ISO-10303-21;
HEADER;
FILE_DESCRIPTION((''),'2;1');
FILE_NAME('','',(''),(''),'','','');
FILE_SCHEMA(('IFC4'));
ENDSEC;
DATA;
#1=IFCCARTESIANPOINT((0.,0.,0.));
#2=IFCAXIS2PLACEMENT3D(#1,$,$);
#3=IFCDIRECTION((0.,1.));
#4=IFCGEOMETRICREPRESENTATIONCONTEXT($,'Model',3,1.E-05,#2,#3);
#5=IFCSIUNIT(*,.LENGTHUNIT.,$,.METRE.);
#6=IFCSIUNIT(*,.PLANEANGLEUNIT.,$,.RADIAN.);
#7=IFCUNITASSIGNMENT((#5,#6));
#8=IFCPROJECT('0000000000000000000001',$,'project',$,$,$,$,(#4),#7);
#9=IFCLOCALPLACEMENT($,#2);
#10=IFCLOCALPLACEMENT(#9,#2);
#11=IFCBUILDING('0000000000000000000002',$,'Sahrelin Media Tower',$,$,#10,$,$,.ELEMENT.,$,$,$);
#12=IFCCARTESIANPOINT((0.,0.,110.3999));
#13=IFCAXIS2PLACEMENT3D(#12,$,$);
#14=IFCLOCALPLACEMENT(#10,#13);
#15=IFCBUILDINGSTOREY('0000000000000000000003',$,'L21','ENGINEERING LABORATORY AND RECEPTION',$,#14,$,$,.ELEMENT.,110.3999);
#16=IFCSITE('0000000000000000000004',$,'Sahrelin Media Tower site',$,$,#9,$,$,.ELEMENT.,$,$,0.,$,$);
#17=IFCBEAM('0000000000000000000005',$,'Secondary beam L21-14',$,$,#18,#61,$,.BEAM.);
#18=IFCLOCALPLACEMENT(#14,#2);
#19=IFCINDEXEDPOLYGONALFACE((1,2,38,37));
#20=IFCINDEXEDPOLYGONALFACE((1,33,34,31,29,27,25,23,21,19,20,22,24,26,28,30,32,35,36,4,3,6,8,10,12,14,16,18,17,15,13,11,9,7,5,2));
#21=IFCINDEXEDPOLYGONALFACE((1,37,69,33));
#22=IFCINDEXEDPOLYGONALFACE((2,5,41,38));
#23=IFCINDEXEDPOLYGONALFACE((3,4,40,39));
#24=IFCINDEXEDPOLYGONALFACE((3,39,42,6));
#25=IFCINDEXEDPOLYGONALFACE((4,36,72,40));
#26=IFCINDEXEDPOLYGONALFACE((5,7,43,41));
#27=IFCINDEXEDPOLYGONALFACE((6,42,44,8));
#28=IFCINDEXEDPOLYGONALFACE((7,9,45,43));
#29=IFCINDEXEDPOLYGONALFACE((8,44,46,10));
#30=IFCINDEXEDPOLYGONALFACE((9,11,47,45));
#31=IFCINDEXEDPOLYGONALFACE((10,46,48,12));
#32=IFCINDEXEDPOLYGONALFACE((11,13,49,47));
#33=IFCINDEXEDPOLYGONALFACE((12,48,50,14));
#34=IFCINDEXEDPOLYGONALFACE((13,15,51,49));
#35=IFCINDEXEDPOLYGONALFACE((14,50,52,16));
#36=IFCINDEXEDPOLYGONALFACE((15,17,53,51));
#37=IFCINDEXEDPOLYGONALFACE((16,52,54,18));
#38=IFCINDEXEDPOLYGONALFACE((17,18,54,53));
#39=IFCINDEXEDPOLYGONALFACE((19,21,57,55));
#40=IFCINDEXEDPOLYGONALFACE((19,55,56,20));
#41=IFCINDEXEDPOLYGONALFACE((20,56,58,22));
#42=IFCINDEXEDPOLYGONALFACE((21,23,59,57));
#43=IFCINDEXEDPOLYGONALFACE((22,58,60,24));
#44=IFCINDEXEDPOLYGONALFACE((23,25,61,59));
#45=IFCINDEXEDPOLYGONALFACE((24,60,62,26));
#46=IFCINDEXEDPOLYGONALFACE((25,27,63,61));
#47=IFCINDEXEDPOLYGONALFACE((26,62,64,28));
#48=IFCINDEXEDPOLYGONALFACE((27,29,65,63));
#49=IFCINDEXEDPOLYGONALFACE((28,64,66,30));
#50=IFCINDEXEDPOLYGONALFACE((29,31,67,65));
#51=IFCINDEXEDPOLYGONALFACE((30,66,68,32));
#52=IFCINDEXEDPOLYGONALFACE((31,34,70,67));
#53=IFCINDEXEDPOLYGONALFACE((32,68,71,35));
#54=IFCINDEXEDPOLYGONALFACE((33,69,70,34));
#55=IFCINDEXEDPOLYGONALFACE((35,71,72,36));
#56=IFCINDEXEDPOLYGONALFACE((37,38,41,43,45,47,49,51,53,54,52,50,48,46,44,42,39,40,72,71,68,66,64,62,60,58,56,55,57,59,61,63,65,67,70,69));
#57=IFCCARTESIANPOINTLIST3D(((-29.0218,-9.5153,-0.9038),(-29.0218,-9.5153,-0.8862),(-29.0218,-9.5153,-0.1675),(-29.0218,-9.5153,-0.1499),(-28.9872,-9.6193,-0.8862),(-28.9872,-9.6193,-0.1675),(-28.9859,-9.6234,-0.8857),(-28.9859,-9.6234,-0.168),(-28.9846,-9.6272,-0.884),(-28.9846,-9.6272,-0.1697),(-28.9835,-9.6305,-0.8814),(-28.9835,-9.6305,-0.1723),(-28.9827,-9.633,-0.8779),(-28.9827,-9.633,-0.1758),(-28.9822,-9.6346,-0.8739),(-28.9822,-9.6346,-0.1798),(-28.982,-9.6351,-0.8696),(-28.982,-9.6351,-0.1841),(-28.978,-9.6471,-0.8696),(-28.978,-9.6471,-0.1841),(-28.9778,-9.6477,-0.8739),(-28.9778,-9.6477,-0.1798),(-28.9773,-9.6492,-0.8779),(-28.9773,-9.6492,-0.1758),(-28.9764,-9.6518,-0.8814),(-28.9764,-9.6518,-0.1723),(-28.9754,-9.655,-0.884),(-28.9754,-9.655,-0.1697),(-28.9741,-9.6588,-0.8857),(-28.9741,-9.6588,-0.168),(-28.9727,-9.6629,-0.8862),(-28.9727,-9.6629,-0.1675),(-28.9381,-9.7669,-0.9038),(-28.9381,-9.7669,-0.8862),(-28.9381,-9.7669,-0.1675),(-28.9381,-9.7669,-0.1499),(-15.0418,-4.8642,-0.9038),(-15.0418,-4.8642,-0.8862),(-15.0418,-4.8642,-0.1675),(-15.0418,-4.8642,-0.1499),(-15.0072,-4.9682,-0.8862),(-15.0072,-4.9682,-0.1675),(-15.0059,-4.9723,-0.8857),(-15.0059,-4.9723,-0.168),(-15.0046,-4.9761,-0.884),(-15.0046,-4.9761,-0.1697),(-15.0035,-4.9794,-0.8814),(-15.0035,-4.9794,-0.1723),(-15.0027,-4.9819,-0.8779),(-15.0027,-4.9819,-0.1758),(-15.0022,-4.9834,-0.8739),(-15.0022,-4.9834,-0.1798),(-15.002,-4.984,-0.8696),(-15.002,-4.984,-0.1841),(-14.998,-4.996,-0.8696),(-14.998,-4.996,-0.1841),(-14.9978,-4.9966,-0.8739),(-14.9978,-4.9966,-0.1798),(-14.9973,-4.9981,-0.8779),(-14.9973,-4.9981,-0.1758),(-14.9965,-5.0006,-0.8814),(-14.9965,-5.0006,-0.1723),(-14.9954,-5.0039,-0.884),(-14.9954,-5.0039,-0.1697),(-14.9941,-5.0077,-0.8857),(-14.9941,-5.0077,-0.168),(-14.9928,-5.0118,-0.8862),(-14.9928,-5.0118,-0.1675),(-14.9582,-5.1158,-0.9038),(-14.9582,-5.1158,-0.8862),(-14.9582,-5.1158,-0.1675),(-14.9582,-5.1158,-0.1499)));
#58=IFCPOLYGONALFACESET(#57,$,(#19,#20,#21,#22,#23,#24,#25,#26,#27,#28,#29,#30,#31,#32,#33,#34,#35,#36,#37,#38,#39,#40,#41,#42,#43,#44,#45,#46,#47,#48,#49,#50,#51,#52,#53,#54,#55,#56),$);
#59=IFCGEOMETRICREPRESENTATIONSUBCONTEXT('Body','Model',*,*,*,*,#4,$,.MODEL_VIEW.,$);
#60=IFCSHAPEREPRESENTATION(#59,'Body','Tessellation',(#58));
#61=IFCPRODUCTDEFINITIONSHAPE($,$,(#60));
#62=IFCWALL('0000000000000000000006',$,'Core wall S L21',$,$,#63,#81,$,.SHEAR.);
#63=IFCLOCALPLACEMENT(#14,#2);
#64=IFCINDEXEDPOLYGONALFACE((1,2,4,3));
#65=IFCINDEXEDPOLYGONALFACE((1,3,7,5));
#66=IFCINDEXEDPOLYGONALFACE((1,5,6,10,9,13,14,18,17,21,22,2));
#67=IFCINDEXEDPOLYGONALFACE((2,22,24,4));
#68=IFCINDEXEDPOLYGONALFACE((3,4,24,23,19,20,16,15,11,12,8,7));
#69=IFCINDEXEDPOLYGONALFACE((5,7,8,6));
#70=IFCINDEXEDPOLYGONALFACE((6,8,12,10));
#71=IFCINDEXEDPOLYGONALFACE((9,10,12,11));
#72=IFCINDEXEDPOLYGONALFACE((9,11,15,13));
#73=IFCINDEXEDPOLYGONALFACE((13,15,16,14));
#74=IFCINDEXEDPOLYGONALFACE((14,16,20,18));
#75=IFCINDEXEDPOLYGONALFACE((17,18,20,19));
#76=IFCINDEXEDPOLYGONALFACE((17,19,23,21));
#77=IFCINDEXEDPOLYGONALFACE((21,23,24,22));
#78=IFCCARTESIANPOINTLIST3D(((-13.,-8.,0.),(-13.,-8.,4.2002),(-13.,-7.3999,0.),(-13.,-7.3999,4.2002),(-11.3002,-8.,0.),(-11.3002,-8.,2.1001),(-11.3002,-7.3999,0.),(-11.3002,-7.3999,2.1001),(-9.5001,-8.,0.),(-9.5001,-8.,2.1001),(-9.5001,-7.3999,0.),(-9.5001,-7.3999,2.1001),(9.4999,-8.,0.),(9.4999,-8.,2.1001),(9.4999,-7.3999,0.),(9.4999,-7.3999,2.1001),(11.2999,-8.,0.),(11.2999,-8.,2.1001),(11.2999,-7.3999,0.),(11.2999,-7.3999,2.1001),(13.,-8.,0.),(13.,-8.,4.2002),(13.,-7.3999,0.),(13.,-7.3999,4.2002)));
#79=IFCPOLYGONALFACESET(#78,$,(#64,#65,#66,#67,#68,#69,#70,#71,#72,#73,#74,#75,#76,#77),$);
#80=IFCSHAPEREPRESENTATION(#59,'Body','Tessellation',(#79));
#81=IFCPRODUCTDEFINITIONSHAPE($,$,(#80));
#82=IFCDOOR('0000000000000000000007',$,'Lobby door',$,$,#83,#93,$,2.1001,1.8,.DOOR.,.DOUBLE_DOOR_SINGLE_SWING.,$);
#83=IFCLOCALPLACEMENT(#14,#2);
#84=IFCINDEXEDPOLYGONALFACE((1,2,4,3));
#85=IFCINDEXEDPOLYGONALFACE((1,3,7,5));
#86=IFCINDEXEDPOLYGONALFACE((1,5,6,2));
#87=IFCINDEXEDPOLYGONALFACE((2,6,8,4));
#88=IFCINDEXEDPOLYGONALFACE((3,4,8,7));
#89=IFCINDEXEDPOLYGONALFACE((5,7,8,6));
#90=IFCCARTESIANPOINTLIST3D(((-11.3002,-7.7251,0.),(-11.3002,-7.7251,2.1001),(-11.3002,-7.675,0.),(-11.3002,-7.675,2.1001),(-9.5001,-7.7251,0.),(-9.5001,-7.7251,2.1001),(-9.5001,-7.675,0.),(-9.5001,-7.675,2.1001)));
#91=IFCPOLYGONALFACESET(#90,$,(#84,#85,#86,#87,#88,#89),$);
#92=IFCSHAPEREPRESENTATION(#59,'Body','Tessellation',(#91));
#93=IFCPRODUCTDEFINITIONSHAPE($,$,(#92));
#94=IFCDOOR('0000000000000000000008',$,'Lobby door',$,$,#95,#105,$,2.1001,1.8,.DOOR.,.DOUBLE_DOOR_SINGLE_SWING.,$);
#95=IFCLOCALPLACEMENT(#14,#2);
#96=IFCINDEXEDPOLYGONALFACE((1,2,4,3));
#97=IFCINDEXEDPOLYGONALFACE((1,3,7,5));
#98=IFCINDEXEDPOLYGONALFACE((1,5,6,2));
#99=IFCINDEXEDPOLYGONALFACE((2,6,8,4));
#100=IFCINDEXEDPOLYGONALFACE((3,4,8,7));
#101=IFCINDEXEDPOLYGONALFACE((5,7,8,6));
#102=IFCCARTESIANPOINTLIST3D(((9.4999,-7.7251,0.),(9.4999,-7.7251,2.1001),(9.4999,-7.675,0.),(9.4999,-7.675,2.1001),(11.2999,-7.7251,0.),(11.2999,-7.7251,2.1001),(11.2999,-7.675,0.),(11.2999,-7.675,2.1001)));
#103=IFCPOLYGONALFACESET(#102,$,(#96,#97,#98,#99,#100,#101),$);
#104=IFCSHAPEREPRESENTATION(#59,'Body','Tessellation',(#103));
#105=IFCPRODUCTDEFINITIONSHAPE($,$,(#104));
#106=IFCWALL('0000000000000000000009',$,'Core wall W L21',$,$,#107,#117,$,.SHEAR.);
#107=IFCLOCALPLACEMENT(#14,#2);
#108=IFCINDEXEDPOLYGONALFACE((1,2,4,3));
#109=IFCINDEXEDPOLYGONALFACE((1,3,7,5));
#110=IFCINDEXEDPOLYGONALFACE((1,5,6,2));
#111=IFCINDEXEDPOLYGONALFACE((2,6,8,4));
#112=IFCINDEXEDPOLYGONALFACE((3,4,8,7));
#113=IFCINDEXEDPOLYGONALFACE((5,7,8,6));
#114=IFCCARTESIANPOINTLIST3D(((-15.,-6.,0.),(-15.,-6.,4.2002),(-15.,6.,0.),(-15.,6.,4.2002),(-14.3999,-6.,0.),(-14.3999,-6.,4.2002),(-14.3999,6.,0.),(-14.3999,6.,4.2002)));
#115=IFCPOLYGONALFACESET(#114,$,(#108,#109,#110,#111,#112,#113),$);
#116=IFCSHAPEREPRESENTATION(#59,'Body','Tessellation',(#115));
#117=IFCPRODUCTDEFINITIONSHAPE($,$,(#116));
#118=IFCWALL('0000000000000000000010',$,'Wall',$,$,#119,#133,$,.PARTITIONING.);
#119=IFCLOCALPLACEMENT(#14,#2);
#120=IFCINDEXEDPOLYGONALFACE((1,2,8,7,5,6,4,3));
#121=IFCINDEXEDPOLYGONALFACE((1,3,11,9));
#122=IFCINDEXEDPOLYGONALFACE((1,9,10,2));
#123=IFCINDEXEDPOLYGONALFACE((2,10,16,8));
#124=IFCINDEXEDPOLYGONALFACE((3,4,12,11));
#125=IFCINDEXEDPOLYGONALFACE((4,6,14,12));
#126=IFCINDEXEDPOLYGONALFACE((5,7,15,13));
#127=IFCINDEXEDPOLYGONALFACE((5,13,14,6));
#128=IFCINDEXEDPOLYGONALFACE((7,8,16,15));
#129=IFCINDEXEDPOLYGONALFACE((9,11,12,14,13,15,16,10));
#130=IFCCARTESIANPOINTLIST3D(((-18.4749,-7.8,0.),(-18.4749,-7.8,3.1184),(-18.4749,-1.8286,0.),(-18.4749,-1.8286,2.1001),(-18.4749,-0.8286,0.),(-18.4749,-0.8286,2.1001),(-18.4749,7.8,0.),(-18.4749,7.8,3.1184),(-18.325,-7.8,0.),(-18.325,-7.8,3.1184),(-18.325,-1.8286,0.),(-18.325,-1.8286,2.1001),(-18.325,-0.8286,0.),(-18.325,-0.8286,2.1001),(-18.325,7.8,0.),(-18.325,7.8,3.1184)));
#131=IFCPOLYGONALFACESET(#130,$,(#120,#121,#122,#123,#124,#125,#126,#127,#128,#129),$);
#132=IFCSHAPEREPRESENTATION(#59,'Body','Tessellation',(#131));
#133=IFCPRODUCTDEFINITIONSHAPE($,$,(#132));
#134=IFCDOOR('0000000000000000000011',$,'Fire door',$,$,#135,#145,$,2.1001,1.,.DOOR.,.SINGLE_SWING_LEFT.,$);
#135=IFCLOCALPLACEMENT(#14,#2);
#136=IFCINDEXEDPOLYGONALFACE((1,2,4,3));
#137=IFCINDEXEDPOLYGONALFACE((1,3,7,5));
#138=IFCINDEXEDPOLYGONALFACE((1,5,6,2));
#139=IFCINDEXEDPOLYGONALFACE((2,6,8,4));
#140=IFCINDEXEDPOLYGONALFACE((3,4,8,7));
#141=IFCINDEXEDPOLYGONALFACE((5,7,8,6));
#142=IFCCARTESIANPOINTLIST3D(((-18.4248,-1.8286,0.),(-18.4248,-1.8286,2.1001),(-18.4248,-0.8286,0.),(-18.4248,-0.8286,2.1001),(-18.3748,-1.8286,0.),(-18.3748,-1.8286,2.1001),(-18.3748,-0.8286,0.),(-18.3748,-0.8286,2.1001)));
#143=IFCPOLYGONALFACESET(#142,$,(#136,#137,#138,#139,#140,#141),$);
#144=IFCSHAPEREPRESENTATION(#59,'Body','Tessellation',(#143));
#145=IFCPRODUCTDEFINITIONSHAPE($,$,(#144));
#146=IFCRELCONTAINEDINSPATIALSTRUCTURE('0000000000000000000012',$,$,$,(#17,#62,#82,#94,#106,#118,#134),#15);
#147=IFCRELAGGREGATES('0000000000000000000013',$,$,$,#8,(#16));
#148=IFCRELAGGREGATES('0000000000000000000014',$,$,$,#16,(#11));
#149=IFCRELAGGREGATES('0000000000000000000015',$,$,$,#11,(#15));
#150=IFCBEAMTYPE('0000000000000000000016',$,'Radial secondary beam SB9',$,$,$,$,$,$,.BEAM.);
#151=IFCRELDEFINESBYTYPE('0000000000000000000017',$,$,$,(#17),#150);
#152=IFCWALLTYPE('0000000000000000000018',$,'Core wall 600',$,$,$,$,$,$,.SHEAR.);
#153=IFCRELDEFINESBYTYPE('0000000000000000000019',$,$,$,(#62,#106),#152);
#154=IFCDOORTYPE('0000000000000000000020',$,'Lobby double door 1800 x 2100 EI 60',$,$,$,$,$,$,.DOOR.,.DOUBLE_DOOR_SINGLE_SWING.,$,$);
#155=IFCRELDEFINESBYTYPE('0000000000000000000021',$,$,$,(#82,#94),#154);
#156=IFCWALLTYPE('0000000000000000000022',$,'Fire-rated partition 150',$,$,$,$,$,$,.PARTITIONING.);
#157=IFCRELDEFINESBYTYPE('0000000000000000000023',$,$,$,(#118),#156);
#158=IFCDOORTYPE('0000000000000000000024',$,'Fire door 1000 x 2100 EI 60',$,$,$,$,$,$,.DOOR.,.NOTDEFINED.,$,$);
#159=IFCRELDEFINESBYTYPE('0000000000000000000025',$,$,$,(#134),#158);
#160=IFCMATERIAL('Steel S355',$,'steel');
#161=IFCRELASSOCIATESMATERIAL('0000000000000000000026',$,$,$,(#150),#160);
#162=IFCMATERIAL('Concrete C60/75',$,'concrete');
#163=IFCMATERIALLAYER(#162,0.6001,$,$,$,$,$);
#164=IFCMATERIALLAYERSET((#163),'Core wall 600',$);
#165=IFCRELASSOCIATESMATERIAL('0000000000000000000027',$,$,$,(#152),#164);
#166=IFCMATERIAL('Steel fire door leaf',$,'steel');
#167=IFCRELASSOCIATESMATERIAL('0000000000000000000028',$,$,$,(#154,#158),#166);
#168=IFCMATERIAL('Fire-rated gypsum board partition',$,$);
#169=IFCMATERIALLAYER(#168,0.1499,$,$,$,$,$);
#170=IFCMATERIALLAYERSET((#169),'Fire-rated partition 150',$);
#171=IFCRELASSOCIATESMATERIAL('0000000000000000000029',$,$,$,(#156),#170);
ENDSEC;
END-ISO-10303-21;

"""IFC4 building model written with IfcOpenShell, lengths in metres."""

from ifc_helpers import new_model, si_unit, direction, frame, frame_2d, origin, origin_2d, place, context, subcontext, project, spatial, rectangle, i_section, extrude, material, layer, layer_set, material_profile, profile_set, type_object, element, fill, save


model = new_model("IFC4")

# Units and contexts
model_context = context("Model", 3, precision=1e-05, world=origin(), true_north=direction((0.0, 1.0)))
body_context = subcontext(model_context, "Body", "Model", "MODEL_VIEW")
ifc_project = project(units=[si_unit("LENGTHUNIT", "METRE"), si_unit("PLANEANGLEUNIT", "RADIAN")], contexts=[model_context])

# Site, building, storey
site_placement = place(None, origin())
site = spatial("IfcSite", under=ifc_project, at=site_placement, Name="Sahrelin Media Tower site", CompositionType="ELEMENT", RefElevation=0.0)
building_placement = place(site_placement, origin())
building = spatial("IfcBuilding", under=site, at=building_placement, Name="Sahrelin Media Tower", CompositionType="ELEMENT")
storey_placement = place(building_placement, frame((0.0, 0.0, 110.3999)))
storey = spatial("IfcBuildingStorey", under=building, at=storey_placement, Name="L21", Description="ENGINEERING LABORATORY AND RECEPTION", CompositionType="ELEMENT", Elevation=110.3999)

# Beam
ifc_material_1 = material(Name="Steel S355", Category="steel")
ifc_material_profile_1 = material_profile(ifc_material_1, i_section(OverallWidth=0.2651, OverallDepth=0.7539, WebThickness=0.0127, FlangeThickness=0.0176, FilletRadius=0.0166, at=origin_2d()), Name="UB 762x267x147")
ifc_profile_set_1 = profile_set([ifc_material_profile_1], Name="Steel S355")
beam_type_1 = type_object("IfcBeamType", Name="Radial secondary beam SB9", PredefinedType="BEAM", material=ifc_profile_set_1)
beam_1_placement = place(storey_placement, frame((-15.0, -4.99, -0.5269), z_axis=(-0.948864, -0.315686, 0.0), x_axis=(0.315686, -0.948864, 0.0)))
element("IfcBeam", 1, at=beam_1_placement, inside=storey, type_object=beam_type_1, Name="Secondary beam L21-14", PredefinedType="BEAM", context=body_context, shape_type="SweptSolid", body=[
    extrude(i_section(OverallWidth=0.2651, OverallDepth=0.7539, WebThickness=0.0127, FlangeThickness=0.0176, FilletRadius=0.0166, at=origin_2d()), origin(), (0.0, 0.0, 1.0), 14.7334),
])

# Wall, openings, doors
ifc_material_2 = material(Name="Concrete C60/75", Category="concrete")
ifc_layer_1 = layer(ifc_material_2, 0.6001)
ifc_layer_set_1 = layer_set([ifc_layer_1], Name="Core wall 600")
wall_type_1 = type_object("IfcWallType", Name="Core wall 600", PredefinedType="SHEAR", material=ifc_layer_set_1)
wall_1_placement = place(storey_placement, frame((-13.0, -7.7, 0.0), z_axis=(0.0, 0.0, 1.0), x_axis=(1.0, 0.0, 0.0)))
wall_1 = element("IfcWall", 2, at=wall_1_placement, inside=storey, type_object=wall_type_1, Name="Core wall S L21", PredefinedType="SHEAR", context=body_context, shape_type="SweptSolid", body=[
    extrude(rectangle(XDim=26.0, YDim=0.6001, at=frame_2d((13.0, 0.0))), origin(), (0.0, 0.0, 1.0), 4.2002),
])
opening_1_placement = place(wall_1_placement, frame((1.7, 0.0, 0.0)))
opening_1 = element("IfcOpeningElement", 3, at=opening_1_placement, cuts=wall_1, PredefinedType="OPENING", context=body_context, shape_type="SweptSolid", body=[
    extrude(rectangle(XDim=1.8, YDim=2.1001, at=frame_2d((0.8999, 1.05))), frame((0.0, 0.3, 0.0), z_axis=(0.0, -1.0, 0.0), x_axis=(1.0, 0.0, 0.0)), (0.0, 0.0, 1.0), 0.6001),
])
opening_2_placement = place(wall_1_placement, frame((22.5, 0.0, 0.0)))
opening_2 = element("IfcOpeningElement", 4, at=opening_2_placement, cuts=wall_1, PredefinedType="OPENING", context=body_context, shape_type="SweptSolid", body=[
    extrude(rectangle(XDim=1.8, YDim=2.1001, at=frame_2d((0.8999, 1.05))), frame((0.0, 0.3, 0.0), z_axis=(0.0, -1.0, 0.0), x_axis=(1.0, 0.0, 0.0)), (0.0, 0.0, 1.0), 0.6001),
])
ifc_material_3 = material(Name="Steel fire door leaf", Category="steel")
door_type_1 = type_object("IfcDoorType", Name="Lobby double door 1800 x 2100 EI 60", OperationType="DOUBLE_DOOR_SINGLE_SWING", PredefinedType="DOOR", material=ifc_material_3)
door_1_placement = place(opening_1_placement, origin())
door_1 = element("IfcDoor", 5, at=door_1_placement, inside=storey, type_object=door_type_1, Name="Lobby door", OperationType="DOUBLE_DOOR_SINGLE_SWING", OverallHeight=2.1001, OverallWidth=1.8, PredefinedType="DOOR", context=body_context, shape_type="SweptSolid", body=[
    extrude(rectangle(XDim=1.8, YDim=2.1001, at=frame_2d((0.8999, 1.05))), frame((0.0, 0.0249, 0.0), z_axis=(0.0, -1.0, 0.0), x_axis=(1.0, 0.0, 0.0)), (0.0, 0.0, 1.0), 0.05),
])
fill(opening_1, door_1)
door_2_placement = place(opening_2_placement, origin())
door_2 = element("IfcDoor", 6, at=door_2_placement, inside=storey, type_object=door_type_1, Name="Lobby door", OperationType="DOUBLE_DOOR_SINGLE_SWING", OverallHeight=2.1001, OverallWidth=1.8, PredefinedType="DOOR", context=body_context, shape_type="SweptSolid", body=[
    extrude(rectangle(XDim=1.8, YDim=2.1001, at=frame_2d((0.8999, 1.05))), frame((0.0, 0.0249, 0.0), z_axis=(0.0, -1.0, 0.0), x_axis=(1.0, 0.0, 0.0)), (0.0, 0.0, 1.0), 0.05),
])
fill(opening_2, door_2)

# Wall
wall_2_placement = place(storey_placement, frame((-14.7, -6.0, 0.0), z_axis=(0.0, 0.0, 1.0), x_axis=(0.0, 1.0, 0.0)))
element("IfcWall", 7, at=wall_2_placement, inside=storey, type_object=wall_type_1, Name="Core wall W L21", PredefinedType="SHEAR", context=body_context, shape_type="SweptSolid", body=[
    extrude(rectangle(XDim=12.0, YDim=0.6001, at=frame_2d((6.0, 0.0))), origin(), (0.0, 0.0, 1.0), 4.2002),
])

# Wall, opening, door
ifc_material_4 = material(Name="Fire-rated gypsum board partition")
ifc_layer_2 = layer(ifc_material_4, 0.1499)
ifc_layer_set_2 = layer_set([ifc_layer_2], Name="Fire-rated partition 150")
wall_type_2 = type_object("IfcWallType", Name="Fire-rated partition 150", PredefinedType="PARTITIONING", material=ifc_layer_set_2)
wall_3_placement = place(storey_placement, frame((-18.3999, -7.8, 0.0), z_axis=(0.0, 0.0, 1.0), x_axis=(0.0, 1.0, 0.0)))
wall_3 = element("IfcWall", 8, at=wall_3_placement, inside=storey, type_object=wall_type_2, Name="Wall", PredefinedType="PARTITIONING", context=body_context, shape_type="SweptSolid", body=[
    extrude(rectangle(XDim=15.6001, YDim=0.1499, at=frame_2d((7.8, 0.0))), origin(), (0.0, 0.0, 1.0), 3.1184),
])
opening_3_placement = place(wall_3_placement, frame((5.9714, 0.0, 0.0)))
opening_3 = element("IfcOpeningElement", 9, at=opening_3_placement, cuts=wall_3, PredefinedType="OPENING", context=body_context, shape_type="SweptSolid", body=[
    extrude(rectangle(XDim=1.0, YDim=2.1001, at=frame_2d((0.5, 1.05))), frame((0.0, 0.075, 0.0), z_axis=(0.0, -1.0, 0.0), x_axis=(1.0, 0.0, 0.0)), (0.0, 0.0, 1.0), 0.1499),
])
door_type_2 = type_object("IfcDoorType", Name="Fire door 1000 x 2100 EI 60", OperationType="NOTDEFINED", PredefinedType="DOOR", material=ifc_material_3)
door_3_placement = place(opening_3_placement, origin())
door_3 = element("IfcDoor", 10, at=door_3_placement, inside=storey, type_object=door_type_2, Name="Fire door", OperationType="SINGLE_SWING_LEFT", OverallHeight=2.1001, OverallWidth=1.0, PredefinedType="DOOR", context=body_context, shape_type="SweptSolid", body=[
    extrude(rectangle(XDim=1.0, YDim=2.1001, at=frame_2d((0.5, 1.05))), frame((0.0, 0.0249, 0.0), z_axis=(0.0, -1.0, 0.0), x_axis=(1.0, 0.0, 0.0)), (0.0, 0.0, 1.0), 0.05),
])
fill(opening_3, door_3)

save(model, "model.ifc")
